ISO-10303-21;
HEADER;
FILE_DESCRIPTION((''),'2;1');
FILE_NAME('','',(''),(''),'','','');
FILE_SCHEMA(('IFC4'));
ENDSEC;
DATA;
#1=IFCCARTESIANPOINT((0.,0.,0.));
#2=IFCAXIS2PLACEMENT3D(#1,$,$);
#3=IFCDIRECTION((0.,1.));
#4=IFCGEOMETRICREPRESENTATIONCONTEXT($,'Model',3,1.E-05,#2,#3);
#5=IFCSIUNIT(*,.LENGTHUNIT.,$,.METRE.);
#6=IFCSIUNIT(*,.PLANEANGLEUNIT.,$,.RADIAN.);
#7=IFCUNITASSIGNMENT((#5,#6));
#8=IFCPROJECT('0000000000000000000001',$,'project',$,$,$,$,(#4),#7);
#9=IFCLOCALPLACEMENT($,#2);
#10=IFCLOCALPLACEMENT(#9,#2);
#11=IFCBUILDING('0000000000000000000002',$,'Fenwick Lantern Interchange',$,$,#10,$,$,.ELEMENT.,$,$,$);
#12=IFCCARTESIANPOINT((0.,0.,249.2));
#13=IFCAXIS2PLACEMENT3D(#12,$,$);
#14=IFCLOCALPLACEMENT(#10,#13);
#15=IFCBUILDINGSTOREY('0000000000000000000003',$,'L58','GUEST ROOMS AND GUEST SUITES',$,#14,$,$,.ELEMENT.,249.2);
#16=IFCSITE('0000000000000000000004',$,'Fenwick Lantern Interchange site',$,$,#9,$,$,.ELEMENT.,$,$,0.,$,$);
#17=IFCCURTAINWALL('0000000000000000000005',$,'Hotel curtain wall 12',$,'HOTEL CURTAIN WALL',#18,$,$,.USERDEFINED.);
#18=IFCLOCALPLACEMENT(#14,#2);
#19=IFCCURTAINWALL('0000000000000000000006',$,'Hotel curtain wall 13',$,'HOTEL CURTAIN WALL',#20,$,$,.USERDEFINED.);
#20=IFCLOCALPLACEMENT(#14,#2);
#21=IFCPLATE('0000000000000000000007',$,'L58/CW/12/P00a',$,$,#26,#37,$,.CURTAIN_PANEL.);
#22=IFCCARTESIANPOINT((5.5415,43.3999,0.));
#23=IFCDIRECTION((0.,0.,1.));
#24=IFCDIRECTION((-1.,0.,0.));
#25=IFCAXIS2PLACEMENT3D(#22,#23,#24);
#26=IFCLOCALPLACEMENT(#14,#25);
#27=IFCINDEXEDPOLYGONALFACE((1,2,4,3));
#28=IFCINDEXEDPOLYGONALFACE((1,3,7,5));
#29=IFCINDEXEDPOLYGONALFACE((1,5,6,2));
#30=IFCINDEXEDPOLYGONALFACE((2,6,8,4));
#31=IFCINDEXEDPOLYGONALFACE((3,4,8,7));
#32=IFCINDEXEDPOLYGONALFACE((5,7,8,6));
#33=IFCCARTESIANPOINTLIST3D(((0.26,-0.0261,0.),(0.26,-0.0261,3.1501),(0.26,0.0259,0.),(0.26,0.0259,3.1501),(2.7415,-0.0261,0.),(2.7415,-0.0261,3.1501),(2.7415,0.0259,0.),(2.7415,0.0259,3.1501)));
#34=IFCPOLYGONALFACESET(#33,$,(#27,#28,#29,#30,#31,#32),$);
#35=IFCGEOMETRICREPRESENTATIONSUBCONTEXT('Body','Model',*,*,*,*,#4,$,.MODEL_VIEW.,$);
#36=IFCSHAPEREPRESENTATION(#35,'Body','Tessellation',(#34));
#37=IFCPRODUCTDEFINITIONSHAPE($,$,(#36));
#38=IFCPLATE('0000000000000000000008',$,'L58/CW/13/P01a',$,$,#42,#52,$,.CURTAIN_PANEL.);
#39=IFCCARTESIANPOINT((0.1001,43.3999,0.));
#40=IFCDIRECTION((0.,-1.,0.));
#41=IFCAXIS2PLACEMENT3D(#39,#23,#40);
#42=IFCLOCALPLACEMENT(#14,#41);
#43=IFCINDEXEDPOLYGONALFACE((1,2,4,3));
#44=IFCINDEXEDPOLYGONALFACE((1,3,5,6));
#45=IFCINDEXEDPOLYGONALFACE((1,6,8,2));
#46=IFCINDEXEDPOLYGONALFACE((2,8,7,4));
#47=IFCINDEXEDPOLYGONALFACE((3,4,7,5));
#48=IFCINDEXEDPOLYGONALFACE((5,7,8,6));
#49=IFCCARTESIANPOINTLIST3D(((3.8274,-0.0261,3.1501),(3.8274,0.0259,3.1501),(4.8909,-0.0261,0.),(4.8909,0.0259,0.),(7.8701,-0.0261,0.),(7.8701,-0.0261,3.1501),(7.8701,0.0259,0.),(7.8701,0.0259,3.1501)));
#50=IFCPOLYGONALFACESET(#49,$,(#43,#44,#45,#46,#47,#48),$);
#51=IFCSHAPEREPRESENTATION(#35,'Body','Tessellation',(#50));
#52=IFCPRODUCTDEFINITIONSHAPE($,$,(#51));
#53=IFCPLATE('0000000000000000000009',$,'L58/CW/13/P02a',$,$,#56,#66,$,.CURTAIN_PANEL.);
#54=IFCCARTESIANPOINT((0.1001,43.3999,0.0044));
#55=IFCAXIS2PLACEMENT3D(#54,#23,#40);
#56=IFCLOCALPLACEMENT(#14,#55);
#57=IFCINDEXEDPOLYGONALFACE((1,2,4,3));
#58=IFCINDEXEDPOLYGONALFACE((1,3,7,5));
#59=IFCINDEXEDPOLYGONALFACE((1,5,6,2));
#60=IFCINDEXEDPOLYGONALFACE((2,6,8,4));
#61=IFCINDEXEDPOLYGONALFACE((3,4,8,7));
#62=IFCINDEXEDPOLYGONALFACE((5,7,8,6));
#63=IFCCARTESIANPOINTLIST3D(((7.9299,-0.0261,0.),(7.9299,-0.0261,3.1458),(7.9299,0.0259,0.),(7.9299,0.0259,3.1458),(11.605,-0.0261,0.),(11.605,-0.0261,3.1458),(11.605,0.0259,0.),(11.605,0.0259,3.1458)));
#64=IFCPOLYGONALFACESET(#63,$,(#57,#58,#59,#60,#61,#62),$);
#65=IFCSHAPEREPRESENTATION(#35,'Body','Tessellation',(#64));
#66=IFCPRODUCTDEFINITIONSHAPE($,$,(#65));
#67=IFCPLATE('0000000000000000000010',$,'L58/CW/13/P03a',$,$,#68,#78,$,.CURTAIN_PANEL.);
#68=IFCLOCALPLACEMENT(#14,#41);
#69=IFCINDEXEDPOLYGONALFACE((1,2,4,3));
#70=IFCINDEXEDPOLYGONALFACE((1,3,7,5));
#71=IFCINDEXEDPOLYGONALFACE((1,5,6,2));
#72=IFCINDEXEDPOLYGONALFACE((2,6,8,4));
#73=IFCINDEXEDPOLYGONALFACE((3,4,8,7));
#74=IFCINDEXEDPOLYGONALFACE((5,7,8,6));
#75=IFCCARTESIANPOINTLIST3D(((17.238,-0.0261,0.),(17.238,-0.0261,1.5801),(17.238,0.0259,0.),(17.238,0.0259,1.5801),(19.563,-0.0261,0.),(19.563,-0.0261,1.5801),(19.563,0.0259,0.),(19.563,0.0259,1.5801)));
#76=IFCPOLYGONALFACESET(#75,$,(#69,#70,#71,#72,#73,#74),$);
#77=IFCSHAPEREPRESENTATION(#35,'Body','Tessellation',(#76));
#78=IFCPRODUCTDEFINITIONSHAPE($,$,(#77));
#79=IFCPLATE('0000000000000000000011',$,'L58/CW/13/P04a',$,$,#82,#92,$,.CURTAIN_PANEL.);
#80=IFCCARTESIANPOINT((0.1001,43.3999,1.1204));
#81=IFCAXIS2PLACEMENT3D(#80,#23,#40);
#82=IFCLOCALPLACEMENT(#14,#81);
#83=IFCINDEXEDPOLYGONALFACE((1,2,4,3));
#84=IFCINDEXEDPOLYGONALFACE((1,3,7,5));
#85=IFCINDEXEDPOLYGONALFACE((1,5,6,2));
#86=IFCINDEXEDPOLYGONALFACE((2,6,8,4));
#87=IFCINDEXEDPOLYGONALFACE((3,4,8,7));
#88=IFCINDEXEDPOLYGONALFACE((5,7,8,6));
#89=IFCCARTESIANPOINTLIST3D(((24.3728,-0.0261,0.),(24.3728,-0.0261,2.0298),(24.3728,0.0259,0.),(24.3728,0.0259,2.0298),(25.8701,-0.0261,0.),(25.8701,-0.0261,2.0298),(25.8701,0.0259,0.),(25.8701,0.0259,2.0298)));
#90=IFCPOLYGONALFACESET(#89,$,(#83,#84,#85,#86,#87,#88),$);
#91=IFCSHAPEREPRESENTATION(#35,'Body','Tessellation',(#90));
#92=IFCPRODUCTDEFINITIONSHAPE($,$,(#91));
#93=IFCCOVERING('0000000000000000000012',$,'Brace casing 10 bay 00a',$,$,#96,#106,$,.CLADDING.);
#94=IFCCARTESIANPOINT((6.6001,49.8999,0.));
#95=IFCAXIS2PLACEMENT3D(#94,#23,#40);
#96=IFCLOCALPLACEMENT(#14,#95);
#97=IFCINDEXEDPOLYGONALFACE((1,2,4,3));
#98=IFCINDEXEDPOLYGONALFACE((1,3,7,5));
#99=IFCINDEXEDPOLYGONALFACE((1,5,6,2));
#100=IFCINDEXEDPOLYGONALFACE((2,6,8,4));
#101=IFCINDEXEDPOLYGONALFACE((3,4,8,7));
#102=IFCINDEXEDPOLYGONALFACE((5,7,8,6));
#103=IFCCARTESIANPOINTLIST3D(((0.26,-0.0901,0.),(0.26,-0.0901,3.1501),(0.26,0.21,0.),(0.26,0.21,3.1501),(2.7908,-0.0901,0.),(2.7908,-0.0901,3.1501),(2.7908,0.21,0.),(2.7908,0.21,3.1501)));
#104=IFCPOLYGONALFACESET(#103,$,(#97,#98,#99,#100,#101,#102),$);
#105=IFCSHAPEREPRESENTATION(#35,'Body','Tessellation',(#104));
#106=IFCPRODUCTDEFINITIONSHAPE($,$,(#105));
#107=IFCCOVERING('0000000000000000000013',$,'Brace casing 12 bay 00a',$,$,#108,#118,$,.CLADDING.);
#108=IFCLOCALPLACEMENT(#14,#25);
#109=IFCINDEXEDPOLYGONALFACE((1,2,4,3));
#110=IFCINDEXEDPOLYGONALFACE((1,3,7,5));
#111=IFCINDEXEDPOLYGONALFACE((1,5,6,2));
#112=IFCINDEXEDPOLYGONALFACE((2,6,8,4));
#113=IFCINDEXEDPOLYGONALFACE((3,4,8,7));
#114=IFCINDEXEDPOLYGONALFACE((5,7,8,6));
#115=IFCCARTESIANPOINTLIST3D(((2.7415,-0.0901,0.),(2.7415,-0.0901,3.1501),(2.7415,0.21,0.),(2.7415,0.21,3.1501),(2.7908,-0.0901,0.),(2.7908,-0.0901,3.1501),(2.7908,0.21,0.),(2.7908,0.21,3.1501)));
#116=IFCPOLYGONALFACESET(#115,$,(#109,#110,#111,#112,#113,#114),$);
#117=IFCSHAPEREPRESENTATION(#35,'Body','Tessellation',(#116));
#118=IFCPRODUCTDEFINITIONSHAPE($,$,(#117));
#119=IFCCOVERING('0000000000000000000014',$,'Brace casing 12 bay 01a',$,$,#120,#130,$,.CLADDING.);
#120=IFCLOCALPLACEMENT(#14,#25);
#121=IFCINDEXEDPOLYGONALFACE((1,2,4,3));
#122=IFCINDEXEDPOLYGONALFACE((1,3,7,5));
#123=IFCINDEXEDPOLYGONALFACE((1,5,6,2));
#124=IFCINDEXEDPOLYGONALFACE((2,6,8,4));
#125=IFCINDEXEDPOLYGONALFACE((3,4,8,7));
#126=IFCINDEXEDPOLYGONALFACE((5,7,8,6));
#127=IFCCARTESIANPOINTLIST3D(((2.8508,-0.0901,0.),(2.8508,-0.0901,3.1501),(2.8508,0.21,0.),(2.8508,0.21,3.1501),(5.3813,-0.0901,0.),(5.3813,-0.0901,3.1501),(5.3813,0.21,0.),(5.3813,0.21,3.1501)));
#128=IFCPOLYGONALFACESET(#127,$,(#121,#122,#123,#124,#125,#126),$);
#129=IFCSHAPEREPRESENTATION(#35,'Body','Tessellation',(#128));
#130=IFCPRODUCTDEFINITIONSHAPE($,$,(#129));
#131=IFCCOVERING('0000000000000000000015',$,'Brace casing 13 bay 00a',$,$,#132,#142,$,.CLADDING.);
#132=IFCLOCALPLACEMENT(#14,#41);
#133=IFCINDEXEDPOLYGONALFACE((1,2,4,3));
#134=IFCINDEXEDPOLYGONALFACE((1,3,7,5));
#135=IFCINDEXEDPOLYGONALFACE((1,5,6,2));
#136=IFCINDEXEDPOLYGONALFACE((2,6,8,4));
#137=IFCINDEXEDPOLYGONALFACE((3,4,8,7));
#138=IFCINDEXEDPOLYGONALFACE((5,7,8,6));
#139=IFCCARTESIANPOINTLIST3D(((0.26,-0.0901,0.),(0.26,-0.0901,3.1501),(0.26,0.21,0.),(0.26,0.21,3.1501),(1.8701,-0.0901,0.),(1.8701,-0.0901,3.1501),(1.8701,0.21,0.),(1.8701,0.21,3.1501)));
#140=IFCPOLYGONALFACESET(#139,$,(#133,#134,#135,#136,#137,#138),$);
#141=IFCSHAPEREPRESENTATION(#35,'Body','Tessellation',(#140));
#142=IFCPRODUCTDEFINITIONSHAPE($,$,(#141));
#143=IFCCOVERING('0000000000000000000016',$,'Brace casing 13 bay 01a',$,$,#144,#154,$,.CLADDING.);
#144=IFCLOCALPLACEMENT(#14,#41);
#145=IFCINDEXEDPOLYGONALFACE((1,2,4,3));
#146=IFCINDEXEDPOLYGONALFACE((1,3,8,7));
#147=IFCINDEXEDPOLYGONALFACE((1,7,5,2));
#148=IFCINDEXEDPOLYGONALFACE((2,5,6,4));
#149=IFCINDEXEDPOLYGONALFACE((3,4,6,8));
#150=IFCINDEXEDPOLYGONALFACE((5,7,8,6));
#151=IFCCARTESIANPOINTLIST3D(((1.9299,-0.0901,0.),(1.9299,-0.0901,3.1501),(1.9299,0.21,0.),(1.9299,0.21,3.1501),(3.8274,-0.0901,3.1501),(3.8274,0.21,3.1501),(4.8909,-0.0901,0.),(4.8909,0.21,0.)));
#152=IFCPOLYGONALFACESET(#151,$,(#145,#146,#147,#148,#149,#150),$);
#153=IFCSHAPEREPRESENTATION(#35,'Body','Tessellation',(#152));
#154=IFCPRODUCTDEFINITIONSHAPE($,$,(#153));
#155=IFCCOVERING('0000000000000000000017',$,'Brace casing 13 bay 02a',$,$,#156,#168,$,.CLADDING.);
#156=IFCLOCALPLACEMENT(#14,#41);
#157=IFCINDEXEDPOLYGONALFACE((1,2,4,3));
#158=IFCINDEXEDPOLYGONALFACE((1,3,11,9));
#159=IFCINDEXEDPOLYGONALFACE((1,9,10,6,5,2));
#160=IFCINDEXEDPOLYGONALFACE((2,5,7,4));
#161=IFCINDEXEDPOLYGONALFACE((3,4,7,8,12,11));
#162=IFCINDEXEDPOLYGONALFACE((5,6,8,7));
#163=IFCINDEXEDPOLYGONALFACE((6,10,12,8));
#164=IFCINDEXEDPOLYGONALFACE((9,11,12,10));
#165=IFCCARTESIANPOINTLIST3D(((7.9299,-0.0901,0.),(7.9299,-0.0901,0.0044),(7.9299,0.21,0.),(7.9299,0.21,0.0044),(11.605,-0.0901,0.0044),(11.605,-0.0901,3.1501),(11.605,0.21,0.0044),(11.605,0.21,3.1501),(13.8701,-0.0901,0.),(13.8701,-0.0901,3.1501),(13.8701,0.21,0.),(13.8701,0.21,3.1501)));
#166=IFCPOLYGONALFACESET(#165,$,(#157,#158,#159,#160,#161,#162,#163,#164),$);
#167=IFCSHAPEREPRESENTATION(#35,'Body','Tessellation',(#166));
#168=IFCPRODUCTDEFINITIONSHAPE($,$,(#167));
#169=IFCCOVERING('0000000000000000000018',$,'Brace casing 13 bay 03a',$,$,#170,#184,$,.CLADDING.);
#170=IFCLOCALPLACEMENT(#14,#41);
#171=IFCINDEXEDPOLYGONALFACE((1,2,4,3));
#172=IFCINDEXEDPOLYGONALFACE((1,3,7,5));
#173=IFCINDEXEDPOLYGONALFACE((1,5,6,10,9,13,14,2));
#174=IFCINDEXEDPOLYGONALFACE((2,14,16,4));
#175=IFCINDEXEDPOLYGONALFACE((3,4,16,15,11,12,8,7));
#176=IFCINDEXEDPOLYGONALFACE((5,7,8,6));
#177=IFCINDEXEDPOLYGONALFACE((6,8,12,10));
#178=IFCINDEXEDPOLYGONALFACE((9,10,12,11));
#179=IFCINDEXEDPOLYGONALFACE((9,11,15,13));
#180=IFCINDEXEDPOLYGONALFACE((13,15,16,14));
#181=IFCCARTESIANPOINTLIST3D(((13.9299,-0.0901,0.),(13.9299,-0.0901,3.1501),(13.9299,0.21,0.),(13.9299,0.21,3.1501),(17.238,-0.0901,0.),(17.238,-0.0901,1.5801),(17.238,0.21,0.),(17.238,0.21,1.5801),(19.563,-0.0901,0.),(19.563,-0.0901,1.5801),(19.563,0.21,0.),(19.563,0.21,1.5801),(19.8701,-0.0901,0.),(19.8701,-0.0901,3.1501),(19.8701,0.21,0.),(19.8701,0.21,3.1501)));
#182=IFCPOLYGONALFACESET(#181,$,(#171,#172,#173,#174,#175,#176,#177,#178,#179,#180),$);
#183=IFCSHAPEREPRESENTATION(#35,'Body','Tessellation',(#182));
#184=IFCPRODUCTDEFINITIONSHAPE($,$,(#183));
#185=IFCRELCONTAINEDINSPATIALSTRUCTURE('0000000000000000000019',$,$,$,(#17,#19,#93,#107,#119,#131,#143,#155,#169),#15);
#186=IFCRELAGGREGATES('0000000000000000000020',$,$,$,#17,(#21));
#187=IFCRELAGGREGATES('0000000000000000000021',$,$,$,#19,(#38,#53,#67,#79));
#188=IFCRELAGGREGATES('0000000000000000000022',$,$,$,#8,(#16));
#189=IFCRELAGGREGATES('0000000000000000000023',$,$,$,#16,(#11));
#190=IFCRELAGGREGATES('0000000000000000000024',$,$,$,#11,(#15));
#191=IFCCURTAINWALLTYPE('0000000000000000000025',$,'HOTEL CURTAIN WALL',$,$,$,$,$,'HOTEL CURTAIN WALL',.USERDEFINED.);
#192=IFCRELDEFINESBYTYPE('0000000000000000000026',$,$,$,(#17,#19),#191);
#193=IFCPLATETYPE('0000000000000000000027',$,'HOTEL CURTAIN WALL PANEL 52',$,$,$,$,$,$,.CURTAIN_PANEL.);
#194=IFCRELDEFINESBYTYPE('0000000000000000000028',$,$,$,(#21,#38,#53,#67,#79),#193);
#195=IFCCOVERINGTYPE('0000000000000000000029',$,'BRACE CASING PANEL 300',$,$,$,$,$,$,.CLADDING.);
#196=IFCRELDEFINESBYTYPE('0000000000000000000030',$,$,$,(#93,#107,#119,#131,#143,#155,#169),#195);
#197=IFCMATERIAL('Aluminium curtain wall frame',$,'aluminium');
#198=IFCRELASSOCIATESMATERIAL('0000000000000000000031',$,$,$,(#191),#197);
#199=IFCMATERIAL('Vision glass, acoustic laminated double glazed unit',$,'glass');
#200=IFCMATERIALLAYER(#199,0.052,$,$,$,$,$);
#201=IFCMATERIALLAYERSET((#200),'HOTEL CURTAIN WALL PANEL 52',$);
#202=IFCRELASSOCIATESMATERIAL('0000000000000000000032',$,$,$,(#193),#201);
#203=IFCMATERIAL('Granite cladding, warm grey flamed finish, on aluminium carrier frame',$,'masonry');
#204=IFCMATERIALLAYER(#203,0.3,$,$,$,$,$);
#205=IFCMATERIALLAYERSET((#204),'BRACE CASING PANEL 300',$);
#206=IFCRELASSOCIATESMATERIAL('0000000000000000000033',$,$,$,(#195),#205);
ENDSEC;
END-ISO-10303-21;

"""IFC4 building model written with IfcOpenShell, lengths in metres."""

from ifc_helpers import new_model, si_unit, direction, frame, origin, place, context, subcontext, project, spatial, polyline, outline, extrude, material, layer, layer_set, type_object, element, aggregate, save


model = new_model("IFC4")

# Units and contexts
model_context = context("Model", 3, precision=1e-05, world=origin(), true_north=direction((0.0, 1.0)))
body_context = subcontext(model_context, "Body", "Model", "MODEL_VIEW")
ifc_project = project(units=[si_unit("LENGTHUNIT", "METRE"), si_unit("PLANEANGLEUNIT", "RADIAN")], contexts=[model_context])

# Site, building, storey
site_placement = place(None, origin())
site = spatial("IfcSite", under=ifc_project, at=site_placement, Name="Fenwick Lantern Interchange site", CompositionType="ELEMENT", RefElevation=0.0)
building_placement = place(site_placement, origin())
building = spatial("IfcBuilding", under=site, at=building_placement, Name="Fenwick Lantern Interchange", CompositionType="ELEMENT")
storey_placement = place(building_placement, frame((0.0, 0.0, 249.2)))
storey = spatial("IfcBuildingStorey", under=building, at=storey_placement, Name="L58", Description="GUEST ROOMS AND GUEST SUITES", CompositionType="ELEMENT", Elevation=249.2)

# Shared definitions
ifc_material_1 = material(Name="Aluminium curtain wall frame", Category="aluminium")
curtain_wall_type = type_object("IfcCurtainWallType", Name="HOTEL CURTAIN WALL", ElementType="HOTEL CURTAIN WALL", PredefinedType="USERDEFINED", material=ifc_material_1)

# Curtain wall
curtain_wall_1_placement = place(storey_placement, origin())
curtain_wall_1 = element("IfcCurtainWall", 1, at=curtain_wall_1_placement, inside=storey, type_object=curtain_wall_type, Name="Hotel curtain wall 12", ObjectType="HOTEL CURTAIN WALL", PredefinedType="USERDEFINED")

# Curtain wall
curtain_wall_2_placement = place(storey_placement, origin())
curtain_wall_2 = element("IfcCurtainWall", 2, at=curtain_wall_2_placement, inside=storey, type_object=curtain_wall_type, Name="Hotel curtain wall 13", ObjectType="HOTEL CURTAIN WALL", PredefinedType="USERDEFINED")

# Plates
ifc_material_2 = material(Name="Vision glass, acoustic laminated double glazed unit", Category="glass")
ifc_layer_1 = layer(ifc_material_2, 0.052)
ifc_layer_set_1 = layer_set([ifc_layer_1], Name="HOTEL CURTAIN WALL PANEL 52")
plate_type = type_object("IfcPlateType", Name="HOTEL CURTAIN WALL PANEL 52", PredefinedType="CURTAIN_PANEL", material=ifc_layer_set_1)
plate_1_placement = place(storey_placement, frame((5.5415, 43.3999, 0.0), z_axis=(0.0, 0.0, 1.0), x_axis=(-1.0, 0.0, 0.0)))
plate_1 = element("IfcPlate", 3, at=plate_1_placement, type_object=plate_type, Name="L58/CW/12/P00a", PredefinedType="CURTAIN_PANEL", context=body_context, shape_type="SweptSolid", body=[
    extrude(outline(polyline([(0.26, 0.0), (2.7415, 0.0), (2.7415, 3.1501), (0.26, 3.1501), (0.26, 0.0)])), frame((0.0, 0.0259, 0.0), z_axis=(0.0, -1.0, 0.0), x_axis=(1.0, 0.0, 0.0)), (0.0, 0.0, 1.0), 0.052),
])
aggregate(curtain_wall_1, [plate_1])
plate_2_placement = place(storey_placement, frame((0.1001, 43.3999, 0.0), z_axis=(0.0, 0.0, 1.0), x_axis=(0.0, -1.0, 0.0)))
plate_2 = element("IfcPlate", 4, at=plate_2_placement, type_object=plate_type, Name="L58/CW/13/P01a", PredefinedType="CURTAIN_PANEL", context=body_context, shape_type="SweptSolid", body=[
    extrude(outline(polyline([(4.8909, 0.0), (7.8701, 0.0), (7.8701, 3.1501), (3.8274, 3.1501), (4.8909, 0.0)])), frame((0.0, 0.0259, 0.0), z_axis=(0.0, -1.0, 0.0), x_axis=(1.0, 0.0, 0.0)), (0.0, 0.0, 1.0), 0.052),
])
plate_3_placement = place(storey_placement, frame((0.1001, 43.3999, 0.0044), z_axis=(0.0, 0.0, 1.0), x_axis=(0.0, -1.0, 0.0)))
plate_3 = element("IfcPlate", 5, at=plate_3_placement, type_object=plate_type, Name="L58/CW/13/P02a", PredefinedType="CURTAIN_PANEL", context=body_context, shape_type="SweptSolid", body=[
    extrude(outline(polyline([(7.9299, 0.0), (11.605, 0.0), (11.605, 3.1458), (7.9299, 3.1458), (7.9299, 0.0)])), frame((0.0, 0.0259, 0.0), z_axis=(0.0, -1.0, 0.0), x_axis=(1.0, 0.0, 0.0)), (0.0, 0.0, 1.0), 0.052),
])
plate_4_placement = place(storey_placement, frame((0.1001, 43.3999, 0.0), z_axis=(0.0, 0.0, 1.0), x_axis=(0.0, -1.0, 0.0)))
plate_4 = element("IfcPlate", 6, at=plate_4_placement, type_object=plate_type, Name="L58/CW/13/P03a", PredefinedType="CURTAIN_PANEL", context=body_context, shape_type="SweptSolid", body=[
    extrude(outline(polyline([(17.238, 0.0), (19.563, 0.0), (19.563, 1.5801), (17.238, 1.5801), (17.238, 0.0)])), frame((0.0, 0.0259, 0.0), z_axis=(0.0, -1.0, 0.0), x_axis=(1.0, 0.0, 0.0)), (0.0, 0.0, 1.0), 0.052),
])
plate_5_placement = place(storey_placement, frame((0.1001, 43.3999, 1.1204), z_axis=(0.0, 0.0, 1.0), x_axis=(0.0, -1.0, 0.0)))
plate_5 = element("IfcPlate", 7, at=plate_5_placement, type_object=plate_type, Name="L58/CW/13/P04a", PredefinedType="CURTAIN_PANEL", context=body_context, shape_type="SweptSolid", body=[
    extrude(outline(polyline([(24.3728, 0.0), (25.8701, 0.0), (25.8701, 2.0298), (24.3728, 2.0298), (24.3728, 0.0)])), frame((0.0, 0.0259, 0.0), z_axis=(0.0, -1.0, 0.0), x_axis=(1.0, 0.0, 0.0)), (0.0, 0.0, 1.0), 0.052),
])
aggregate(curtain_wall_2, [plate_2, plate_3, plate_4, plate_5])

# Coverings
ifc_material_3 = material(Name="Granite cladding, warm grey flamed finish, on aluminium carrier frame", Category="masonry")
ifc_layer_2 = layer(ifc_material_3, 0.3)
ifc_layer_set_2 = layer_set([ifc_layer_2], Name="BRACE CASING PANEL 300")
covering_type = type_object("IfcCoveringType", Name="BRACE CASING PANEL 300", PredefinedType="CLADDING", material=ifc_layer_set_2)
covering_1_placement = place(storey_placement, frame((6.6001, 49.8999, 0.0), z_axis=(0.0, 0.0, 1.0), x_axis=(0.0, -1.0, 0.0)))
element("IfcCovering", 8, at=covering_1_placement, inside=storey, type_object=covering_type, Name="Brace casing 10 bay 00a", PredefinedType="CLADDING", context=body_context, shape_type="SweptSolid", body=[
    extrude(outline(polyline([(0.26, 0.0), (2.7908, 0.0), (2.7908, 3.1501), (0.26, 3.1501), (0.26, 0.0)])), frame((0.0, 0.21, 0.0), z_axis=(0.0, -1.0, 0.0), x_axis=(1.0, 0.0, 0.0)), (0.0, 0.0, 1.0), 0.3),
])
covering_2_placement = place(storey_placement, frame((5.5415, 43.3999, 0.0), z_axis=(0.0, 0.0, 1.0), x_axis=(-1.0, 0.0, 0.0)))
element("IfcCovering", 9, at=covering_2_placement, inside=storey, type_object=covering_type, Name="Brace casing 12 bay 00a", PredefinedType="CLADDING", context=body_context, shape_type="SweptSolid", body=[
    extrude(outline(polyline([(2.7415, 0.0), (2.7908, 0.0), (2.7908, 3.1501), (2.7415, 3.1501), (2.7415, 0.0)])), frame((0.0, 0.21, 0.0), z_axis=(0.0, -1.0, 0.0), x_axis=(1.0, 0.0, 0.0)), (0.0, 0.0, 1.0), 0.3),
])
covering_3_placement = place(storey_placement, frame((5.5415, 43.3999, 0.0), z_axis=(0.0, 0.0, 1.0), x_axis=(-1.0, 0.0, 0.0)))
element("IfcCovering", 10, at=covering_3_placement, inside=storey, type_object=covering_type, Name="Brace casing 12 bay 01a", PredefinedType="CLADDING", context=body_context, shape_type="SweptSolid", body=[
    extrude(outline(polyline([(2.8508, 0.0), (5.3813, 0.0), (5.3813, 3.1501), (2.8508, 3.1501), (2.8508, 0.0)])), frame((0.0, 0.21, 0.0), z_axis=(0.0, -1.0, 0.0), x_axis=(1.0, 0.0, 0.0)), (0.0, 0.0, 1.0), 0.3),
])
covering_4_placement = place(storey_placement, frame((0.1001, 43.3999, 0.0), z_axis=(0.0, 0.0, 1.0), x_axis=(0.0, -1.0, 0.0)))
element("IfcCovering", 11, at=covering_4_placement, inside=storey, type_object=covering_type, Name="Brace casing 13 bay 00a", PredefinedType="CLADDING", context=body_context, shape_type="SweptSolid", body=[
    extrude(outline(polyline([(0.26, 0.0), (1.8701, 0.0), (1.8701, 3.1501), (0.26, 3.1501), (0.26, 0.0)])), frame((0.0, 0.21, 0.0), z_axis=(0.0, -1.0, 0.0), x_axis=(1.0, 0.0, 0.0)), (0.0, 0.0, 1.0), 0.3),
])
covering_5_placement = place(storey_placement, frame((0.1001, 43.3999, 0.0), z_axis=(0.0, 0.0, 1.0), x_axis=(0.0, -1.0, 0.0)))
element("IfcCovering", 12, at=covering_5_placement, inside=storey, type_object=covering_type, Name="Brace casing 13 bay 01a", PredefinedType="CLADDING", context=body_context, shape_type="SweptSolid", body=[
    extrude(outline(polyline([(1.9299, 0.0), (4.8909, 0.0), (3.8274, 3.1501), (1.9299, 3.1501), (1.9299, 0.0)])), frame((0.0, 0.21, 0.0), z_axis=(0.0, -1.0, 0.0), x_axis=(1.0, 0.0, 0.0)), (0.0, 0.0, 1.0), 0.3),
])
covering_6_placement = place(storey_placement, frame((0.1001, 43.3999, 0.0), z_axis=(0.0, 0.0, 1.0), x_axis=(0.0, -1.0, 0.0)))
element("IfcCovering", 13, at=covering_6_placement, inside=storey, type_object=covering_type, Name="Brace casing 13 bay 02a", PredefinedType="CLADDING", context=body_context, shape_type="SweptSolid", body=[
    extrude(outline(polyline([(7.9299, 0.0), (13.8701, 0.0), (13.8701, 3.1501), (11.605, 3.1501), (11.605, 0.0044), (7.9299, 0.0044), (7.9299, 0.0)])), frame((0.0, 0.21, 0.0), z_axis=(0.0, -1.0, 0.0), x_axis=(1.0, 0.0, 0.0)), (0.0, 0.0, 1.0), 0.3),
])
covering_7_placement = place(storey_placement, frame((0.1001, 43.3999, 0.0), z_axis=(0.0, 0.0, 1.0), x_axis=(0.0, -1.0, 0.0)))
element("IfcCovering", 14, at=covering_7_placement, inside=storey, type_object=covering_type, Name="Brace casing 13 bay 03a", PredefinedType="CLADDING", context=body_context, shape_type="SweptSolid", body=[
    extrude(outline(polyline([(13.9299, 0.0), (17.238, 0.0), (17.238, 1.5801), (19.563, 1.5801), (19.563, 0.0), (19.8701, 0.0), (19.8701, 3.1501), (13.9299, 3.1501), (13.9299, 0.0)])), frame((0.0, 0.21, 0.0), z_axis=(0.0, -1.0, 0.0), x_axis=(1.0, 0.0, 0.0)), (0.0, 0.0, 1.0), 0.3),
])

save(model, "model.ifc")
